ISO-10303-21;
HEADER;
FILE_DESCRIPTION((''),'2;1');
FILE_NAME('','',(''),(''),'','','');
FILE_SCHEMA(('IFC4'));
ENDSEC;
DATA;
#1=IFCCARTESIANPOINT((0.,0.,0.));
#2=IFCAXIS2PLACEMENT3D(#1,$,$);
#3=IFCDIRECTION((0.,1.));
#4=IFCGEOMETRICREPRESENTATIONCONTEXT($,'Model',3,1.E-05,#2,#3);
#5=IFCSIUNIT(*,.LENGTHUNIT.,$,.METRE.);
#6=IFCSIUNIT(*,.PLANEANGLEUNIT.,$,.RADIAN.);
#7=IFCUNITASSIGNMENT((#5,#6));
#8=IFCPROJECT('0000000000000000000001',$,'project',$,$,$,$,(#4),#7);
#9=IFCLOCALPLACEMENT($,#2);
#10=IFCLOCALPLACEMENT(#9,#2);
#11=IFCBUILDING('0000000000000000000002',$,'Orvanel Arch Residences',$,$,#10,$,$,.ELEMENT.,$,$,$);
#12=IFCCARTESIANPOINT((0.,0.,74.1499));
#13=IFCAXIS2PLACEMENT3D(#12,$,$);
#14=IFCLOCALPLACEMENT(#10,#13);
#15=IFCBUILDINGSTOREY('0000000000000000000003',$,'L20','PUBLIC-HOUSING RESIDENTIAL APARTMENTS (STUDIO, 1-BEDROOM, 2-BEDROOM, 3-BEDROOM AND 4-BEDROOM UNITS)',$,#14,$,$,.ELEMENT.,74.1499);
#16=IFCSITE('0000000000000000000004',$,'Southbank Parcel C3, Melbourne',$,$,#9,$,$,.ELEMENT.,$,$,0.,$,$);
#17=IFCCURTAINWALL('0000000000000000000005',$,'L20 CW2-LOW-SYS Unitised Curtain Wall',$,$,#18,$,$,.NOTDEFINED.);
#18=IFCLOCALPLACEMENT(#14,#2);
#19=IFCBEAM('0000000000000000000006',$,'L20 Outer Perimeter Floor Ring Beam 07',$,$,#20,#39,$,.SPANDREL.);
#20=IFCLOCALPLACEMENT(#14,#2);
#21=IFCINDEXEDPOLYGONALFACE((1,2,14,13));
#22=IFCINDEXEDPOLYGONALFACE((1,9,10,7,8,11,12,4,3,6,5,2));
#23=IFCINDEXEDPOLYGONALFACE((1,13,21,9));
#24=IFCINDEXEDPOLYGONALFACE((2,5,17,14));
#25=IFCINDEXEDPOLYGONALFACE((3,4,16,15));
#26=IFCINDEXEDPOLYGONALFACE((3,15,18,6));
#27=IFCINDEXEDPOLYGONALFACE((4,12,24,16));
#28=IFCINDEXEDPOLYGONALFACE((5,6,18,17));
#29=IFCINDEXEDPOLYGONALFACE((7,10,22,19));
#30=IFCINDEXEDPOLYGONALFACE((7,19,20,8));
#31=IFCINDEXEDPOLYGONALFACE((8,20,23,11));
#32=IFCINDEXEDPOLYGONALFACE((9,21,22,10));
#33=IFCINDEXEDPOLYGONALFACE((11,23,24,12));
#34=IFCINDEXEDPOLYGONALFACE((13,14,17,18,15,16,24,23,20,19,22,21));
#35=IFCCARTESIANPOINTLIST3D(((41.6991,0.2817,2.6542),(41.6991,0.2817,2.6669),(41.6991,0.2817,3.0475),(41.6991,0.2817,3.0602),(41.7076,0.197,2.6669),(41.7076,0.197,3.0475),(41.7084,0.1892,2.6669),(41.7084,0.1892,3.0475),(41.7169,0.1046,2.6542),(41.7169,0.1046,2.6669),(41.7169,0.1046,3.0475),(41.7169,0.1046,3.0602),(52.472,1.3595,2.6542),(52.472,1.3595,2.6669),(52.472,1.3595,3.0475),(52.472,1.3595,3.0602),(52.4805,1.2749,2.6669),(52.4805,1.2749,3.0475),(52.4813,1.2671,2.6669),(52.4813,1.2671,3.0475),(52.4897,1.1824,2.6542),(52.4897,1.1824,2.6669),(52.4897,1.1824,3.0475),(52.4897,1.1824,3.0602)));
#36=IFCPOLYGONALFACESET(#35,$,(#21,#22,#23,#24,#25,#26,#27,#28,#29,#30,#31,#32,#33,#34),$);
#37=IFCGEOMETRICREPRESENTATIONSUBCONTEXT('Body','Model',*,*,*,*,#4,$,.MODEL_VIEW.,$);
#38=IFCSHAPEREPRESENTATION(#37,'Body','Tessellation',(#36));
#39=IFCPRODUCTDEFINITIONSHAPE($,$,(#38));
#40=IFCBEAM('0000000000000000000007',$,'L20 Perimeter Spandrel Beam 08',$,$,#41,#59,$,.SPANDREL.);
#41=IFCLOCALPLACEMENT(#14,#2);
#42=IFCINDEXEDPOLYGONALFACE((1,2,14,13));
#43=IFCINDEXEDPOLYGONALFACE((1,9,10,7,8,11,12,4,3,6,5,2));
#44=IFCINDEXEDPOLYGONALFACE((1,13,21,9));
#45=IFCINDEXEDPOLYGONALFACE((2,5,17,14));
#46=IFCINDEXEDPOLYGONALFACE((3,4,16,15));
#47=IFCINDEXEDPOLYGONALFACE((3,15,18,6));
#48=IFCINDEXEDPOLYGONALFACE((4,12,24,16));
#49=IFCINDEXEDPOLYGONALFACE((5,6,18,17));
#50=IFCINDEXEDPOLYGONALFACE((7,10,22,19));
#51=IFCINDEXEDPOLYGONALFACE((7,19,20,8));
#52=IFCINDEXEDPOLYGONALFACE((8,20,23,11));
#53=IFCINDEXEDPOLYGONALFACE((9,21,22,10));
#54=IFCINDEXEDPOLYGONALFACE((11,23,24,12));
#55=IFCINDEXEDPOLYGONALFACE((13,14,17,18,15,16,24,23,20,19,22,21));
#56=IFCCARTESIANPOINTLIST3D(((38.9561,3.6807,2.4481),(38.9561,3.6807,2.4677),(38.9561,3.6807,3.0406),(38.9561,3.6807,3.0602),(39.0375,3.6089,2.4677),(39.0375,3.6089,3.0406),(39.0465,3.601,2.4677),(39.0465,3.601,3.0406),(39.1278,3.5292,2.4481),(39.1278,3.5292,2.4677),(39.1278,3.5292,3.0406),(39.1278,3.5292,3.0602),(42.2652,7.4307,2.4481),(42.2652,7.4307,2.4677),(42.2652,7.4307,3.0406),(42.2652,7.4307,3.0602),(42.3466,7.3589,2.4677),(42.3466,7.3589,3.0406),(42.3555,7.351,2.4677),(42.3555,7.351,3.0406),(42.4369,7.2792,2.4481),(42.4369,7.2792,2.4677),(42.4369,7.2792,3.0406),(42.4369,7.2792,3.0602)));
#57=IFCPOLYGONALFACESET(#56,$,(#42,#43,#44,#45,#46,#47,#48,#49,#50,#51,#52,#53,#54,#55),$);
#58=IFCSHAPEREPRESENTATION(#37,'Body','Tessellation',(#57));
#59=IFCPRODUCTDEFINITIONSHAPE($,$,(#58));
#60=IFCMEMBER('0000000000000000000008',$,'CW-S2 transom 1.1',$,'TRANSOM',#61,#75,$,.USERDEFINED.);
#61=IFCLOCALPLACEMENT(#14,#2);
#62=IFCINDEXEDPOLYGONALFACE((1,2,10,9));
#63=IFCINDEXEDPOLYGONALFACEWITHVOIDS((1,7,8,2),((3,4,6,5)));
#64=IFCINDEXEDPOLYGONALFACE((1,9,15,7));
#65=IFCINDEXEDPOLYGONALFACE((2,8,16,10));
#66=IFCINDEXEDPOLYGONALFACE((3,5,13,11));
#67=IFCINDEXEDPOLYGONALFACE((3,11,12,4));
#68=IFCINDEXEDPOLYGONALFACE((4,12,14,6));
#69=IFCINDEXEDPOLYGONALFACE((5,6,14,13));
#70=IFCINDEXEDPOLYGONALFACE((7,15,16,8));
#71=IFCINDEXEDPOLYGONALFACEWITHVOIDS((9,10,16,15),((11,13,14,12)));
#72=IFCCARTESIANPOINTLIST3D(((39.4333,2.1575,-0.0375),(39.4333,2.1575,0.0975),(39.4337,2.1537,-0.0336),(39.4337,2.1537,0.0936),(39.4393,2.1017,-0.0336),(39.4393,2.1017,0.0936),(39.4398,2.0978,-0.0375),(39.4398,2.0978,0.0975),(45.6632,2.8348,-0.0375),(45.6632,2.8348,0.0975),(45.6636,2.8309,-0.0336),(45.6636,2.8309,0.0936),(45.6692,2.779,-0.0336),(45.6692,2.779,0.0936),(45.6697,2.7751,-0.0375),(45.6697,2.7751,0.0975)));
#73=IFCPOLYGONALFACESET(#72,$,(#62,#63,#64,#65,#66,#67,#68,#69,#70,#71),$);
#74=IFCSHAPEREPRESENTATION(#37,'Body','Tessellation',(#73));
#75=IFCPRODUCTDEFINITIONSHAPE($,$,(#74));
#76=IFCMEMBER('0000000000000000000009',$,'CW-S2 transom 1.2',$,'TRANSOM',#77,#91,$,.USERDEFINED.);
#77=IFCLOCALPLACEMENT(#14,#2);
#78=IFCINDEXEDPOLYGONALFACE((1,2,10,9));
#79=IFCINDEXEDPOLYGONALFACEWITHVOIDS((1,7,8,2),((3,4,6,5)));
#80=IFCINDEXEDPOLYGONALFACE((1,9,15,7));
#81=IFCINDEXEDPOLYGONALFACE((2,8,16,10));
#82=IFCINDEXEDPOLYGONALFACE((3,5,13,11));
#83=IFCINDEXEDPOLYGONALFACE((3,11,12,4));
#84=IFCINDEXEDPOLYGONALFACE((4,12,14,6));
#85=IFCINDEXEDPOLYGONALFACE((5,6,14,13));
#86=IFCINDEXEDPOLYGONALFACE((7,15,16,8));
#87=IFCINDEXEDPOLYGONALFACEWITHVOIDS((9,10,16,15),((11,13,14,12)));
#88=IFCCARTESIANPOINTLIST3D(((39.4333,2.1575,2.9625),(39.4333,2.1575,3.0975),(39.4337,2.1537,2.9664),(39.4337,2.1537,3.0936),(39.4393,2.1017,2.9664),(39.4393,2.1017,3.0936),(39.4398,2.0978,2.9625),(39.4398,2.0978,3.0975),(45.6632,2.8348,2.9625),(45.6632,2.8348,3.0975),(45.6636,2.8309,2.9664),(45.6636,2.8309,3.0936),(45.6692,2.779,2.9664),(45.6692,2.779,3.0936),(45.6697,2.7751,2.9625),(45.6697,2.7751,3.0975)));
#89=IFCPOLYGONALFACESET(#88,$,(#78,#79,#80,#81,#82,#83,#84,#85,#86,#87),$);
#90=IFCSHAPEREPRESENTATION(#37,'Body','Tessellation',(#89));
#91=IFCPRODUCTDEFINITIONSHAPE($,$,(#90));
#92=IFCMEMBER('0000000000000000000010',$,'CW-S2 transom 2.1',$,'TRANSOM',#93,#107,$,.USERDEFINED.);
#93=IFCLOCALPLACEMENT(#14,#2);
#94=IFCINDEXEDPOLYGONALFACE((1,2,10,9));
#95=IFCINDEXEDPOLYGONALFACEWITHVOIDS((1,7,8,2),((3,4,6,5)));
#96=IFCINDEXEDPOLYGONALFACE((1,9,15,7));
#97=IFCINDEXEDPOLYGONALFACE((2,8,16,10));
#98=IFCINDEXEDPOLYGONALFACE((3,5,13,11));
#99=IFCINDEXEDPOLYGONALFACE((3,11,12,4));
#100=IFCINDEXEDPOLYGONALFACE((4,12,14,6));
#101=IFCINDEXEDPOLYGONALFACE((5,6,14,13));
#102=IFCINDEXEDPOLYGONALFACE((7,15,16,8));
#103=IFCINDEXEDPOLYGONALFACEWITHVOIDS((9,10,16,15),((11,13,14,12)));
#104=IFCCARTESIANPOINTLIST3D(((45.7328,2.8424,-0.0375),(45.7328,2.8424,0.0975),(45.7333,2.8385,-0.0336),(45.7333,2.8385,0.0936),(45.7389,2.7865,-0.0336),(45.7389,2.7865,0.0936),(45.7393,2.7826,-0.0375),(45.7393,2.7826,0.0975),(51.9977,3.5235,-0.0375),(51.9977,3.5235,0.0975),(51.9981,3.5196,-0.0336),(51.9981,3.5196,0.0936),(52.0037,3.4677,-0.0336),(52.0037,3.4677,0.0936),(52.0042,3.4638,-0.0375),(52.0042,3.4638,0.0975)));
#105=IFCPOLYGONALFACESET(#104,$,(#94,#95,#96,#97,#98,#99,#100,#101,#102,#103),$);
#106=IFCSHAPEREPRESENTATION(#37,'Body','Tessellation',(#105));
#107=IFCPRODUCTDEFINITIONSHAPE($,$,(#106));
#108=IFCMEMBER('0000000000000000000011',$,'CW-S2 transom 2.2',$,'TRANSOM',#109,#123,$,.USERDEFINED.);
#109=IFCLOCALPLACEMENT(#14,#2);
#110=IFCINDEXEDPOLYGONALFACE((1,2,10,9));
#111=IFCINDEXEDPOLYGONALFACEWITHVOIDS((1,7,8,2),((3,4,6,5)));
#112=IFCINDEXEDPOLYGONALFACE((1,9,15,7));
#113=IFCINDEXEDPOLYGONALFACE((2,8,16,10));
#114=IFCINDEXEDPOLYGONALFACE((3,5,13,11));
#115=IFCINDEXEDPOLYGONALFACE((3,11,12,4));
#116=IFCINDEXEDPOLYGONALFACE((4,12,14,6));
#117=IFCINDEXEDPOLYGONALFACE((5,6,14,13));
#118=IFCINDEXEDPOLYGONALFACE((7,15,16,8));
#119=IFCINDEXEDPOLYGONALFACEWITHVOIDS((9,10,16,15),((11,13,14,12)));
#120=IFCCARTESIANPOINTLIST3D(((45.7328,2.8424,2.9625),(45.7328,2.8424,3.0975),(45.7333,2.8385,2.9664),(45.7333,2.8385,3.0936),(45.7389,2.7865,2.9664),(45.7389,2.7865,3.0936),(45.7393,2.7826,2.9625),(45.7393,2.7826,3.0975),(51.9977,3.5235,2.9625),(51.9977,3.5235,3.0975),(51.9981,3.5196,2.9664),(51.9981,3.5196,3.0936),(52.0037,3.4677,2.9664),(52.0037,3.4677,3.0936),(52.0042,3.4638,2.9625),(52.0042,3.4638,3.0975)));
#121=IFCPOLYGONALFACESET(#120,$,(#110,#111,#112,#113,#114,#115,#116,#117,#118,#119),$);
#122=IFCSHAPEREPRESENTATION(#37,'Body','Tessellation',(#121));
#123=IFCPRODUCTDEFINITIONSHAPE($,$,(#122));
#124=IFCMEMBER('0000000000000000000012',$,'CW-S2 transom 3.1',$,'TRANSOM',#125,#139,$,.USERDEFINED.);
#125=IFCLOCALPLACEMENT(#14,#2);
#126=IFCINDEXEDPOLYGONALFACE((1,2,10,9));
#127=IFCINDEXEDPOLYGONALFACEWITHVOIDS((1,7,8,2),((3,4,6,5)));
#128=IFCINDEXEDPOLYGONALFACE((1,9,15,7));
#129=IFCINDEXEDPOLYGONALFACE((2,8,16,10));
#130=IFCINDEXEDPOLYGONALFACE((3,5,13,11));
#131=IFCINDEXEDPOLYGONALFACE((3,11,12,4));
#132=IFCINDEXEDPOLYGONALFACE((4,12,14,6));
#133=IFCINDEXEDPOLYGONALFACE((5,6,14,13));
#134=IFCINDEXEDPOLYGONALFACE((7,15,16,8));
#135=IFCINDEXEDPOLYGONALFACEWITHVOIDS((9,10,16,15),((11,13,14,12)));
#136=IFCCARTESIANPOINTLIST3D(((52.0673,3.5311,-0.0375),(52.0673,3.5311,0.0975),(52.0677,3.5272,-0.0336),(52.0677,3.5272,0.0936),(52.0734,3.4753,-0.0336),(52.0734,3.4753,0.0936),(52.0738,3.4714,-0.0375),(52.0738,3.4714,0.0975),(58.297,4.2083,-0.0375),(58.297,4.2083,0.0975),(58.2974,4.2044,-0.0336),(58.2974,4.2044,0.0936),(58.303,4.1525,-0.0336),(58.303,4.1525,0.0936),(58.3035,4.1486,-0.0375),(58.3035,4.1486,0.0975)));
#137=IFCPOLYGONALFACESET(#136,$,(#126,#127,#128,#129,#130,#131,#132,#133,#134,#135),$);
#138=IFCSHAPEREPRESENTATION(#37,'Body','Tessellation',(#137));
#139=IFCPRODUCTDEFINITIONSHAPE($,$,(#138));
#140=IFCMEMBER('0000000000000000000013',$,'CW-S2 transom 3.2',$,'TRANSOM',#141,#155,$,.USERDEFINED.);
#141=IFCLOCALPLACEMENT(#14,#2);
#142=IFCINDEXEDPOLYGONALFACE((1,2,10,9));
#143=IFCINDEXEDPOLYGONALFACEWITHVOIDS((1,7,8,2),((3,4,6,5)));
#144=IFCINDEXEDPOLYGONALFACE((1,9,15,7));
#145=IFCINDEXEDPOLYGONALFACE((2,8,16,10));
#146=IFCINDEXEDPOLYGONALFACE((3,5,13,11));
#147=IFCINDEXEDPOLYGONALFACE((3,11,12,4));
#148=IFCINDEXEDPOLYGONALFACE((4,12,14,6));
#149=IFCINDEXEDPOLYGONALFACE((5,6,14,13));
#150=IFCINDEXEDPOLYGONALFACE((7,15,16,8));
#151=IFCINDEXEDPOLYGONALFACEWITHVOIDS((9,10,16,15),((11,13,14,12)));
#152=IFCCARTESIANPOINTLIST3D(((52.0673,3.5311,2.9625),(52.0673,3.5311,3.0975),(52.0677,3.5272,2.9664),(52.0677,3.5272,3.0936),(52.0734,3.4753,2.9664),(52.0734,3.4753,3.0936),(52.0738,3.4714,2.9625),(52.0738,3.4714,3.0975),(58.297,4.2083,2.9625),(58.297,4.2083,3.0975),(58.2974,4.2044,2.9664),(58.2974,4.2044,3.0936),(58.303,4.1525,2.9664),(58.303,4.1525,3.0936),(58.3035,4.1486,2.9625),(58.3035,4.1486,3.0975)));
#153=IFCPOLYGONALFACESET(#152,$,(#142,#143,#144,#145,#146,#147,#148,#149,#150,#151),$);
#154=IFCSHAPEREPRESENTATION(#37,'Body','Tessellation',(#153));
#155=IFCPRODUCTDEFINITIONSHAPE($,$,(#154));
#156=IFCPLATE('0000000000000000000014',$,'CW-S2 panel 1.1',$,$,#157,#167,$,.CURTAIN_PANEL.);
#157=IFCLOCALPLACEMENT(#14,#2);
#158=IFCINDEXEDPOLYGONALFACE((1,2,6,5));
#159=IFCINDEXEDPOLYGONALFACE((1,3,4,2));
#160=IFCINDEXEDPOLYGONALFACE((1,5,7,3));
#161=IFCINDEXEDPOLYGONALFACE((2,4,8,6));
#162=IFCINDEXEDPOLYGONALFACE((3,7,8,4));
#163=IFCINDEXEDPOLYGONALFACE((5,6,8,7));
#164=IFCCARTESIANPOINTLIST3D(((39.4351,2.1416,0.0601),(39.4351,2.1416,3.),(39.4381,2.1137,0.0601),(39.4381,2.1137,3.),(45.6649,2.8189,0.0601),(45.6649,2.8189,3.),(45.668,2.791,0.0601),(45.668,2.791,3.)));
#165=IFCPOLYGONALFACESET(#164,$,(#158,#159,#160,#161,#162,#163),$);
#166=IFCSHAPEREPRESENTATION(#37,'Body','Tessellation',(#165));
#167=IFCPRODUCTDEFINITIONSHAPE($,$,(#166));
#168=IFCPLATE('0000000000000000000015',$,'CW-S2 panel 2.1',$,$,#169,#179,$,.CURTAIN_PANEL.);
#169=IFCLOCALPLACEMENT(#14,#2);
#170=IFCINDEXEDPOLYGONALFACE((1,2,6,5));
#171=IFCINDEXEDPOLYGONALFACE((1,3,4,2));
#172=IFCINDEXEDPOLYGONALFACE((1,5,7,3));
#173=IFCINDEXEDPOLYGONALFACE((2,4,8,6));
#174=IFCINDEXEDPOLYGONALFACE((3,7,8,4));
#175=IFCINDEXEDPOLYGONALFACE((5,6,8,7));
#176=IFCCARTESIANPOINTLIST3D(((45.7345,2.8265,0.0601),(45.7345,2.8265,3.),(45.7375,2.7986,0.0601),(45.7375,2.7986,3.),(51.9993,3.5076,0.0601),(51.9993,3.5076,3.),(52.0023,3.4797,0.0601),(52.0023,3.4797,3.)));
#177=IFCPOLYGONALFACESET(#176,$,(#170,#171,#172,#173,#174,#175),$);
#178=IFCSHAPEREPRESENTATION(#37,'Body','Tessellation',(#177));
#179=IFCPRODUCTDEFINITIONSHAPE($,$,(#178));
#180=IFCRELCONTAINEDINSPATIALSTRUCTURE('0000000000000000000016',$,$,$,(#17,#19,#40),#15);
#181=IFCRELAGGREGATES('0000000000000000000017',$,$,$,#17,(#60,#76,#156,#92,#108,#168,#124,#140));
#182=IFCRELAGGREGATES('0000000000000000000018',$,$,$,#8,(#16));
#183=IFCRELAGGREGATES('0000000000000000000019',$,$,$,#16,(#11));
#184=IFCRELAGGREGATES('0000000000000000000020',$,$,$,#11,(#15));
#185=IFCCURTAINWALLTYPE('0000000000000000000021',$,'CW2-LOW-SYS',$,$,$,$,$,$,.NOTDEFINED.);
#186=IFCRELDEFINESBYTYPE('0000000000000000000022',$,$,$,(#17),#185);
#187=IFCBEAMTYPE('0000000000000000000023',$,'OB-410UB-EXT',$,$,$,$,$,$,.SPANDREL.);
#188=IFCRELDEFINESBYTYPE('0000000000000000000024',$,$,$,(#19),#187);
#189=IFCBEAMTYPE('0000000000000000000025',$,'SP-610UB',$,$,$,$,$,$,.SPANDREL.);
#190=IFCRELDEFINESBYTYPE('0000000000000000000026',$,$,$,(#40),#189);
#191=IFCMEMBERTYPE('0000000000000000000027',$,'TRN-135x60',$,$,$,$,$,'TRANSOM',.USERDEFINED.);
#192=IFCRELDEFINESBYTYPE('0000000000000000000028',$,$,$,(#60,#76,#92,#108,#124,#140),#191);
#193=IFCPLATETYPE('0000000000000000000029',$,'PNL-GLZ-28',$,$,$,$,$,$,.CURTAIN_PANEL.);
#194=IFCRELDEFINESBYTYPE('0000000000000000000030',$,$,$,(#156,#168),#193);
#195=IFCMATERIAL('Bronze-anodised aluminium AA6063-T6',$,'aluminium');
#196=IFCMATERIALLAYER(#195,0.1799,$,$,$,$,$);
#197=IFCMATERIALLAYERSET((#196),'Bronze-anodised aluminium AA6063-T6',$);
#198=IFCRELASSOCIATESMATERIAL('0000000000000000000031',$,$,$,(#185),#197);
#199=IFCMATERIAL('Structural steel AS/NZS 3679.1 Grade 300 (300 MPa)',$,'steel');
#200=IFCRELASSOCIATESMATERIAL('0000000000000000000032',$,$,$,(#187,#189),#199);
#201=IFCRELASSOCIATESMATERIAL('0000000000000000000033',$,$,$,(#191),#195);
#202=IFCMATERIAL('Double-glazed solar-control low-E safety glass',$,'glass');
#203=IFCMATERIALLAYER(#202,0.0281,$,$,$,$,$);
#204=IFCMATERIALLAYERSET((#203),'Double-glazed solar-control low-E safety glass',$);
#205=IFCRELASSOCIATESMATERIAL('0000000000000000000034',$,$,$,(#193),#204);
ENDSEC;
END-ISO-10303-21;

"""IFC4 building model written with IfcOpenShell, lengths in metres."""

from ifc_helpers import new_model, si_unit, direction, frame, origin, origin_2d, place, context, subcontext, project, spatial, rectangle, hollow_rectangle, i_section, extrude, material, layer, layer_set, material_profile, profile_set, type_object, element, aggregate, save


model = new_model("IFC4")

# Units and contexts
model_context = context("Model", 3, precision=1e-05, world=origin(), true_north=direction((0.0, 1.0)))
body_context = subcontext(model_context, "Body", "Model", "MODEL_VIEW")
ifc_project = project(units=[si_unit("LENGTHUNIT", "METRE"), si_unit("PLANEANGLEUNIT", "RADIAN")], contexts=[model_context])

# Site, building, storey
site_placement = place(None, origin())
site = spatial("IfcSite", under=ifc_project, at=site_placement, Name="Southbank Parcel C3, Melbourne", CompositionType="ELEMENT", RefElevation=0.0)
building_placement = place(site_placement, origin())
building = spatial("IfcBuilding", under=site, at=building_placement, Name="Orvanel Arch Residences", CompositionType="ELEMENT")
storey_placement = place(building_placement, frame((0.0, 0.0, 74.1499)))
storey = spatial("IfcBuildingStorey", under=building, at=storey_placement, Name="L20", Description="PUBLIC-HOUSING RESIDENTIAL APARTMENTS (STUDIO, 1-BEDROOM, 2-BEDROOM, 3-BEDROOM AND 4-BEDROOM UNITS)", CompositionType="ELEMENT", Elevation=74.1499)

# Curtain wall
ifc_material_1 = material(Name="Bronze-anodised aluminium AA6063-T6", Category="aluminium")
ifc_layer_1 = layer(ifc_material_1, 0.1799)
ifc_layer_set_1 = layer_set([ifc_layer_1], Name="Bronze-anodised aluminium AA6063-T6")
curtain_wall_type = type_object("IfcCurtainWallType", Name="CW2-LOW-SYS", PredefinedType="NOTDEFINED", material=ifc_layer_set_1)
curtain_wall_placement = place(storey_placement, origin())
curtain_wall = element("IfcCurtainWall", 1, at=curtain_wall_placement, inside=storey, type_object=curtain_wall_type, Name="L20 CW2-LOW-SYS Unitised Curtain Wall", PredefinedType="NOTDEFINED")

# Beams
ifc_material_2 = material(Name="Structural steel AS/NZS 3679.1 Grade 300 (300 MPa)", Category="steel")
ifc_material_profile_1 = material_profile(ifc_material_2, i_section(OverallWidth=0.178, OverallDepth=0.406, WebThickness=0.0078, FlangeThickness=0.0127, at=origin_2d()), Name="410UB59.7")
ifc_profile_set_1 = profile_set([ifc_material_profile_1], Name="Structural steel AS/NZS 3679.1 Grade 300 (300 MPa)")
beam_type_1 = type_object("IfcBeamType", Name="OB-410UB-EXT", PredefinedType="SPANDREL", material=ifc_profile_set_1)
beam_1_placement = place(storey_placement, frame((41.708, 0.1931, 2.8572), z_axis=(0.995032, 0.099557, 0.0), x_axis=(-0.099557, 0.995032, 0.0)))
element("IfcBeam", 2, at=beam_1_placement, inside=storey, type_object=beam_type_1, Name="L20 Outer Perimeter Floor Ring Beam 07", PredefinedType="SPANDREL", context=body_context, shape_type="SweptSolid", body=[
    extrude(i_section(OverallWidth=0.178, OverallDepth=0.406, WebThickness=0.0078, FlangeThickness=0.0127, at=origin_2d()), origin(), (0.0, 0.0, 1.0), 10.8267),
])
ifc_material_profile_2 = material_profile(ifc_material_2, i_section(OverallWidth=0.229, OverallDepth=0.6121, WebThickness=0.012, FlangeThickness=0.0195, at=origin_2d()), Name="610UB125")
ifc_profile_set_2 = profile_set([ifc_material_profile_2], Name="Structural steel AS/NZS 3679.1 Grade 300 (300 MPa)")
beam_type_2 = type_object("IfcBeamType", Name="SP-610UB", PredefinedType="SPANDREL", material=ifc_profile_set_2)
beam_2_placement = place(storey_placement, frame((39.042, 3.605, 2.7542), z_axis=(0.661651, 0.749812, 0.0), x_axis=(-0.749812, 0.661651, 0.0)))
element("IfcBeam", 3, at=beam_2_placement, inside=storey, type_object=beam_type_2, Name="L20 Perimeter Spandrel Beam 08", PredefinedType="SPANDREL", context=body_context, shape_type="SweptSolid", body=[
    extrude(i_section(OverallWidth=0.229, OverallDepth=0.6121, WebThickness=0.012, FlangeThickness=0.0195, at=origin_2d()), origin(), (0.0, 0.0, 1.0), 5.0012),
])

# Members
ifc_material_profile_3 = material_profile(ifc_material_1, hollow_rectangle(XDim=0.0601, YDim=0.135, WallThickness=0.0039, at=origin_2d()), Name="ALU135x60x4")
ifc_profile_set_3 = profile_set([ifc_material_profile_3], Name="Bronze-anodised aluminium AA6063-T6")
member_type_1 = type_object("IfcMemberType", Name="TRN-135x60", ElementType="TRANSOM", PredefinedType="USERDEFINED", material=ifc_profile_set_3)
member_1_placement = place(storey_placement, frame((39.4365, 2.1277, 0.03), z_axis=(0.994143, 0.108071, 0.0), x_axis=(-0.108071, 0.994143, 0.0)))
member_1 = element("IfcMember", 4, at=member_1_placement, type_object=member_type_1, Name="CW-S2 transom 1.1", ObjectType="TRANSOM", PredefinedType="USERDEFINED", context=body_context, shape_type="SweptSolid", body=[
    extrude(hollow_rectangle(XDim=0.0601, YDim=0.135, WallThickness=0.0039, at=origin_2d()), origin(), (0.0, 0.0, 1.0), 6.2666),
])
member_2_placement = place(storey_placement, frame((39.4365, 2.1277, 3.03), z_axis=(0.994143, 0.108071, 0.0), x_axis=(-0.108071, 0.994143, 0.0)))
member_2 = element("IfcMember", 5, at=member_2_placement, type_object=member_type_1, Name="CW-S2 transom 1.2", ObjectType="TRANSOM", PredefinedType="USERDEFINED", context=body_context, shape_type="SweptSolid", body=[
    extrude(hollow_rectangle(XDim=0.0601, YDim=0.135, WallThickness=0.0039, at=origin_2d()), origin(), (0.0, 0.0, 1.0), 6.2666),
])
member_3_placement = place(storey_placement, frame((45.7361, 2.8125, 0.03), z_axis=(0.994141, 0.108088, 0.0), x_axis=(-0.108088, 0.994141, 0.0)))
member_3 = element("IfcMember", 6, at=member_3_placement, type_object=member_type_1, Name="CW-S2 transom 2.1", ObjectType="TRANSOM", PredefinedType="USERDEFINED", context=body_context, shape_type="SweptSolid", body=[
    extrude(hollow_rectangle(XDim=0.0601, YDim=0.135, WallThickness=0.0039, at=origin_2d()), origin(), (0.0, 0.0, 1.0), 6.3018),
])
member_4_placement = place(storey_placement, frame((45.7361, 2.8125, 3.03), z_axis=(0.994141, 0.108088, 0.0), x_axis=(-0.108088, 0.994141, 0.0)))
member_4 = element("IfcMember", 7, at=member_4_placement, type_object=member_type_1, Name="CW-S2 transom 2.2", ObjectType="TRANSOM", PredefinedType="USERDEFINED", context=body_context, shape_type="SweptSolid", body=[
    extrude(hollow_rectangle(XDim=0.0601, YDim=0.135, WallThickness=0.0039, at=origin_2d()), origin(), (0.0, 0.0, 1.0), 6.3018),
])
member_5_placement = place(storey_placement, frame((52.0706, 3.5012, 0.03), z_axis=(0.994143, 0.108075, 0.0), x_axis=(-0.108075, 0.994143, 0.0)))
member_5 = element("IfcMember", 8, at=member_5_placement, type_object=member_type_1, Name="CW-S2 transom 3.1", ObjectType="TRANSOM", PredefinedType="USERDEFINED", context=body_context, shape_type="SweptSolid", body=[
    extrude(hollow_rectangle(XDim=0.0601, YDim=0.135, WallThickness=0.0039, at=origin_2d()), origin(), (0.0, 0.0, 1.0), 6.2664),
])
member_6_placement = place(storey_placement, frame((52.0706, 3.5012, 3.03), z_axis=(0.994143, 0.108075, 0.0), x_axis=(-0.108075, 0.994143, 0.0)))
member_6 = element("IfcMember", 9, at=member_6_placement, type_object=member_type_1, Name="CW-S2 transom 3.2", ObjectType="TRANSOM", PredefinedType="USERDEFINED", context=body_context, shape_type="SweptSolid", body=[
    extrude(hollow_rectangle(XDim=0.0601, YDim=0.135, WallThickness=0.0039, at=origin_2d()), origin(), (0.0, 0.0, 1.0), 6.2664),
])

# Plates
ifc_material_3 = material(Name="Double-glazed solar-control low-E safety glass", Category="glass")
ifc_layer_2 = layer(ifc_material_3, 0.0281)
ifc_layer_set_2 = layer_set([ifc_layer_2], Name="Double-glazed solar-control low-E safety glass")
plate_type = type_object("IfcPlateType", Name="PNL-GLZ-28", PredefinedType="CURTAIN_PANEL", material=ifc_layer_set_2)
plate_1_placement = place(storey_placement, frame((42.5515, 2.4663, 0.0601), z_axis=(0.0, 0.0, 1.0), x_axis=(0.994142, 0.108083, 0.0)))
plate_1 = element("IfcPlate", 10, at=plate_1_placement, type_object=plate_type, Name="CW-S2 panel 1.1", PredefinedType="CURTAIN_PANEL", context=body_context, shape_type="SweptSolid", body=[
    extrude(rectangle(XDim=6.2666, YDim=0.0281, at=origin_2d()), origin(), (0.0, 0.0, 1.0), 2.9399),
])
plate_2_placement = place(storey_placement, frame((48.8684, 3.1531, 0.0601), z_axis=(0.0, 0.0, 1.0), x_axis=(0.994142, 0.108083, 0.0)))
plate_2 = element("IfcPlate", 11, at=plate_2_placement, type_object=plate_type, Name="CW-S2 panel 2.1", PredefinedType="CURTAIN_PANEL", context=body_context, shape_type="SweptSolid", body=[
    extrude(rectangle(XDim=6.3018, YDim=0.0281, at=origin_2d()), origin(), (0.0, 0.0, 1.0), 2.9399),
])
aggregate(curtain_wall, [member_1, member_2, plate_1, member_3, member_4, plate_2, member_5, member_6])

save(model, "model.ifc")
